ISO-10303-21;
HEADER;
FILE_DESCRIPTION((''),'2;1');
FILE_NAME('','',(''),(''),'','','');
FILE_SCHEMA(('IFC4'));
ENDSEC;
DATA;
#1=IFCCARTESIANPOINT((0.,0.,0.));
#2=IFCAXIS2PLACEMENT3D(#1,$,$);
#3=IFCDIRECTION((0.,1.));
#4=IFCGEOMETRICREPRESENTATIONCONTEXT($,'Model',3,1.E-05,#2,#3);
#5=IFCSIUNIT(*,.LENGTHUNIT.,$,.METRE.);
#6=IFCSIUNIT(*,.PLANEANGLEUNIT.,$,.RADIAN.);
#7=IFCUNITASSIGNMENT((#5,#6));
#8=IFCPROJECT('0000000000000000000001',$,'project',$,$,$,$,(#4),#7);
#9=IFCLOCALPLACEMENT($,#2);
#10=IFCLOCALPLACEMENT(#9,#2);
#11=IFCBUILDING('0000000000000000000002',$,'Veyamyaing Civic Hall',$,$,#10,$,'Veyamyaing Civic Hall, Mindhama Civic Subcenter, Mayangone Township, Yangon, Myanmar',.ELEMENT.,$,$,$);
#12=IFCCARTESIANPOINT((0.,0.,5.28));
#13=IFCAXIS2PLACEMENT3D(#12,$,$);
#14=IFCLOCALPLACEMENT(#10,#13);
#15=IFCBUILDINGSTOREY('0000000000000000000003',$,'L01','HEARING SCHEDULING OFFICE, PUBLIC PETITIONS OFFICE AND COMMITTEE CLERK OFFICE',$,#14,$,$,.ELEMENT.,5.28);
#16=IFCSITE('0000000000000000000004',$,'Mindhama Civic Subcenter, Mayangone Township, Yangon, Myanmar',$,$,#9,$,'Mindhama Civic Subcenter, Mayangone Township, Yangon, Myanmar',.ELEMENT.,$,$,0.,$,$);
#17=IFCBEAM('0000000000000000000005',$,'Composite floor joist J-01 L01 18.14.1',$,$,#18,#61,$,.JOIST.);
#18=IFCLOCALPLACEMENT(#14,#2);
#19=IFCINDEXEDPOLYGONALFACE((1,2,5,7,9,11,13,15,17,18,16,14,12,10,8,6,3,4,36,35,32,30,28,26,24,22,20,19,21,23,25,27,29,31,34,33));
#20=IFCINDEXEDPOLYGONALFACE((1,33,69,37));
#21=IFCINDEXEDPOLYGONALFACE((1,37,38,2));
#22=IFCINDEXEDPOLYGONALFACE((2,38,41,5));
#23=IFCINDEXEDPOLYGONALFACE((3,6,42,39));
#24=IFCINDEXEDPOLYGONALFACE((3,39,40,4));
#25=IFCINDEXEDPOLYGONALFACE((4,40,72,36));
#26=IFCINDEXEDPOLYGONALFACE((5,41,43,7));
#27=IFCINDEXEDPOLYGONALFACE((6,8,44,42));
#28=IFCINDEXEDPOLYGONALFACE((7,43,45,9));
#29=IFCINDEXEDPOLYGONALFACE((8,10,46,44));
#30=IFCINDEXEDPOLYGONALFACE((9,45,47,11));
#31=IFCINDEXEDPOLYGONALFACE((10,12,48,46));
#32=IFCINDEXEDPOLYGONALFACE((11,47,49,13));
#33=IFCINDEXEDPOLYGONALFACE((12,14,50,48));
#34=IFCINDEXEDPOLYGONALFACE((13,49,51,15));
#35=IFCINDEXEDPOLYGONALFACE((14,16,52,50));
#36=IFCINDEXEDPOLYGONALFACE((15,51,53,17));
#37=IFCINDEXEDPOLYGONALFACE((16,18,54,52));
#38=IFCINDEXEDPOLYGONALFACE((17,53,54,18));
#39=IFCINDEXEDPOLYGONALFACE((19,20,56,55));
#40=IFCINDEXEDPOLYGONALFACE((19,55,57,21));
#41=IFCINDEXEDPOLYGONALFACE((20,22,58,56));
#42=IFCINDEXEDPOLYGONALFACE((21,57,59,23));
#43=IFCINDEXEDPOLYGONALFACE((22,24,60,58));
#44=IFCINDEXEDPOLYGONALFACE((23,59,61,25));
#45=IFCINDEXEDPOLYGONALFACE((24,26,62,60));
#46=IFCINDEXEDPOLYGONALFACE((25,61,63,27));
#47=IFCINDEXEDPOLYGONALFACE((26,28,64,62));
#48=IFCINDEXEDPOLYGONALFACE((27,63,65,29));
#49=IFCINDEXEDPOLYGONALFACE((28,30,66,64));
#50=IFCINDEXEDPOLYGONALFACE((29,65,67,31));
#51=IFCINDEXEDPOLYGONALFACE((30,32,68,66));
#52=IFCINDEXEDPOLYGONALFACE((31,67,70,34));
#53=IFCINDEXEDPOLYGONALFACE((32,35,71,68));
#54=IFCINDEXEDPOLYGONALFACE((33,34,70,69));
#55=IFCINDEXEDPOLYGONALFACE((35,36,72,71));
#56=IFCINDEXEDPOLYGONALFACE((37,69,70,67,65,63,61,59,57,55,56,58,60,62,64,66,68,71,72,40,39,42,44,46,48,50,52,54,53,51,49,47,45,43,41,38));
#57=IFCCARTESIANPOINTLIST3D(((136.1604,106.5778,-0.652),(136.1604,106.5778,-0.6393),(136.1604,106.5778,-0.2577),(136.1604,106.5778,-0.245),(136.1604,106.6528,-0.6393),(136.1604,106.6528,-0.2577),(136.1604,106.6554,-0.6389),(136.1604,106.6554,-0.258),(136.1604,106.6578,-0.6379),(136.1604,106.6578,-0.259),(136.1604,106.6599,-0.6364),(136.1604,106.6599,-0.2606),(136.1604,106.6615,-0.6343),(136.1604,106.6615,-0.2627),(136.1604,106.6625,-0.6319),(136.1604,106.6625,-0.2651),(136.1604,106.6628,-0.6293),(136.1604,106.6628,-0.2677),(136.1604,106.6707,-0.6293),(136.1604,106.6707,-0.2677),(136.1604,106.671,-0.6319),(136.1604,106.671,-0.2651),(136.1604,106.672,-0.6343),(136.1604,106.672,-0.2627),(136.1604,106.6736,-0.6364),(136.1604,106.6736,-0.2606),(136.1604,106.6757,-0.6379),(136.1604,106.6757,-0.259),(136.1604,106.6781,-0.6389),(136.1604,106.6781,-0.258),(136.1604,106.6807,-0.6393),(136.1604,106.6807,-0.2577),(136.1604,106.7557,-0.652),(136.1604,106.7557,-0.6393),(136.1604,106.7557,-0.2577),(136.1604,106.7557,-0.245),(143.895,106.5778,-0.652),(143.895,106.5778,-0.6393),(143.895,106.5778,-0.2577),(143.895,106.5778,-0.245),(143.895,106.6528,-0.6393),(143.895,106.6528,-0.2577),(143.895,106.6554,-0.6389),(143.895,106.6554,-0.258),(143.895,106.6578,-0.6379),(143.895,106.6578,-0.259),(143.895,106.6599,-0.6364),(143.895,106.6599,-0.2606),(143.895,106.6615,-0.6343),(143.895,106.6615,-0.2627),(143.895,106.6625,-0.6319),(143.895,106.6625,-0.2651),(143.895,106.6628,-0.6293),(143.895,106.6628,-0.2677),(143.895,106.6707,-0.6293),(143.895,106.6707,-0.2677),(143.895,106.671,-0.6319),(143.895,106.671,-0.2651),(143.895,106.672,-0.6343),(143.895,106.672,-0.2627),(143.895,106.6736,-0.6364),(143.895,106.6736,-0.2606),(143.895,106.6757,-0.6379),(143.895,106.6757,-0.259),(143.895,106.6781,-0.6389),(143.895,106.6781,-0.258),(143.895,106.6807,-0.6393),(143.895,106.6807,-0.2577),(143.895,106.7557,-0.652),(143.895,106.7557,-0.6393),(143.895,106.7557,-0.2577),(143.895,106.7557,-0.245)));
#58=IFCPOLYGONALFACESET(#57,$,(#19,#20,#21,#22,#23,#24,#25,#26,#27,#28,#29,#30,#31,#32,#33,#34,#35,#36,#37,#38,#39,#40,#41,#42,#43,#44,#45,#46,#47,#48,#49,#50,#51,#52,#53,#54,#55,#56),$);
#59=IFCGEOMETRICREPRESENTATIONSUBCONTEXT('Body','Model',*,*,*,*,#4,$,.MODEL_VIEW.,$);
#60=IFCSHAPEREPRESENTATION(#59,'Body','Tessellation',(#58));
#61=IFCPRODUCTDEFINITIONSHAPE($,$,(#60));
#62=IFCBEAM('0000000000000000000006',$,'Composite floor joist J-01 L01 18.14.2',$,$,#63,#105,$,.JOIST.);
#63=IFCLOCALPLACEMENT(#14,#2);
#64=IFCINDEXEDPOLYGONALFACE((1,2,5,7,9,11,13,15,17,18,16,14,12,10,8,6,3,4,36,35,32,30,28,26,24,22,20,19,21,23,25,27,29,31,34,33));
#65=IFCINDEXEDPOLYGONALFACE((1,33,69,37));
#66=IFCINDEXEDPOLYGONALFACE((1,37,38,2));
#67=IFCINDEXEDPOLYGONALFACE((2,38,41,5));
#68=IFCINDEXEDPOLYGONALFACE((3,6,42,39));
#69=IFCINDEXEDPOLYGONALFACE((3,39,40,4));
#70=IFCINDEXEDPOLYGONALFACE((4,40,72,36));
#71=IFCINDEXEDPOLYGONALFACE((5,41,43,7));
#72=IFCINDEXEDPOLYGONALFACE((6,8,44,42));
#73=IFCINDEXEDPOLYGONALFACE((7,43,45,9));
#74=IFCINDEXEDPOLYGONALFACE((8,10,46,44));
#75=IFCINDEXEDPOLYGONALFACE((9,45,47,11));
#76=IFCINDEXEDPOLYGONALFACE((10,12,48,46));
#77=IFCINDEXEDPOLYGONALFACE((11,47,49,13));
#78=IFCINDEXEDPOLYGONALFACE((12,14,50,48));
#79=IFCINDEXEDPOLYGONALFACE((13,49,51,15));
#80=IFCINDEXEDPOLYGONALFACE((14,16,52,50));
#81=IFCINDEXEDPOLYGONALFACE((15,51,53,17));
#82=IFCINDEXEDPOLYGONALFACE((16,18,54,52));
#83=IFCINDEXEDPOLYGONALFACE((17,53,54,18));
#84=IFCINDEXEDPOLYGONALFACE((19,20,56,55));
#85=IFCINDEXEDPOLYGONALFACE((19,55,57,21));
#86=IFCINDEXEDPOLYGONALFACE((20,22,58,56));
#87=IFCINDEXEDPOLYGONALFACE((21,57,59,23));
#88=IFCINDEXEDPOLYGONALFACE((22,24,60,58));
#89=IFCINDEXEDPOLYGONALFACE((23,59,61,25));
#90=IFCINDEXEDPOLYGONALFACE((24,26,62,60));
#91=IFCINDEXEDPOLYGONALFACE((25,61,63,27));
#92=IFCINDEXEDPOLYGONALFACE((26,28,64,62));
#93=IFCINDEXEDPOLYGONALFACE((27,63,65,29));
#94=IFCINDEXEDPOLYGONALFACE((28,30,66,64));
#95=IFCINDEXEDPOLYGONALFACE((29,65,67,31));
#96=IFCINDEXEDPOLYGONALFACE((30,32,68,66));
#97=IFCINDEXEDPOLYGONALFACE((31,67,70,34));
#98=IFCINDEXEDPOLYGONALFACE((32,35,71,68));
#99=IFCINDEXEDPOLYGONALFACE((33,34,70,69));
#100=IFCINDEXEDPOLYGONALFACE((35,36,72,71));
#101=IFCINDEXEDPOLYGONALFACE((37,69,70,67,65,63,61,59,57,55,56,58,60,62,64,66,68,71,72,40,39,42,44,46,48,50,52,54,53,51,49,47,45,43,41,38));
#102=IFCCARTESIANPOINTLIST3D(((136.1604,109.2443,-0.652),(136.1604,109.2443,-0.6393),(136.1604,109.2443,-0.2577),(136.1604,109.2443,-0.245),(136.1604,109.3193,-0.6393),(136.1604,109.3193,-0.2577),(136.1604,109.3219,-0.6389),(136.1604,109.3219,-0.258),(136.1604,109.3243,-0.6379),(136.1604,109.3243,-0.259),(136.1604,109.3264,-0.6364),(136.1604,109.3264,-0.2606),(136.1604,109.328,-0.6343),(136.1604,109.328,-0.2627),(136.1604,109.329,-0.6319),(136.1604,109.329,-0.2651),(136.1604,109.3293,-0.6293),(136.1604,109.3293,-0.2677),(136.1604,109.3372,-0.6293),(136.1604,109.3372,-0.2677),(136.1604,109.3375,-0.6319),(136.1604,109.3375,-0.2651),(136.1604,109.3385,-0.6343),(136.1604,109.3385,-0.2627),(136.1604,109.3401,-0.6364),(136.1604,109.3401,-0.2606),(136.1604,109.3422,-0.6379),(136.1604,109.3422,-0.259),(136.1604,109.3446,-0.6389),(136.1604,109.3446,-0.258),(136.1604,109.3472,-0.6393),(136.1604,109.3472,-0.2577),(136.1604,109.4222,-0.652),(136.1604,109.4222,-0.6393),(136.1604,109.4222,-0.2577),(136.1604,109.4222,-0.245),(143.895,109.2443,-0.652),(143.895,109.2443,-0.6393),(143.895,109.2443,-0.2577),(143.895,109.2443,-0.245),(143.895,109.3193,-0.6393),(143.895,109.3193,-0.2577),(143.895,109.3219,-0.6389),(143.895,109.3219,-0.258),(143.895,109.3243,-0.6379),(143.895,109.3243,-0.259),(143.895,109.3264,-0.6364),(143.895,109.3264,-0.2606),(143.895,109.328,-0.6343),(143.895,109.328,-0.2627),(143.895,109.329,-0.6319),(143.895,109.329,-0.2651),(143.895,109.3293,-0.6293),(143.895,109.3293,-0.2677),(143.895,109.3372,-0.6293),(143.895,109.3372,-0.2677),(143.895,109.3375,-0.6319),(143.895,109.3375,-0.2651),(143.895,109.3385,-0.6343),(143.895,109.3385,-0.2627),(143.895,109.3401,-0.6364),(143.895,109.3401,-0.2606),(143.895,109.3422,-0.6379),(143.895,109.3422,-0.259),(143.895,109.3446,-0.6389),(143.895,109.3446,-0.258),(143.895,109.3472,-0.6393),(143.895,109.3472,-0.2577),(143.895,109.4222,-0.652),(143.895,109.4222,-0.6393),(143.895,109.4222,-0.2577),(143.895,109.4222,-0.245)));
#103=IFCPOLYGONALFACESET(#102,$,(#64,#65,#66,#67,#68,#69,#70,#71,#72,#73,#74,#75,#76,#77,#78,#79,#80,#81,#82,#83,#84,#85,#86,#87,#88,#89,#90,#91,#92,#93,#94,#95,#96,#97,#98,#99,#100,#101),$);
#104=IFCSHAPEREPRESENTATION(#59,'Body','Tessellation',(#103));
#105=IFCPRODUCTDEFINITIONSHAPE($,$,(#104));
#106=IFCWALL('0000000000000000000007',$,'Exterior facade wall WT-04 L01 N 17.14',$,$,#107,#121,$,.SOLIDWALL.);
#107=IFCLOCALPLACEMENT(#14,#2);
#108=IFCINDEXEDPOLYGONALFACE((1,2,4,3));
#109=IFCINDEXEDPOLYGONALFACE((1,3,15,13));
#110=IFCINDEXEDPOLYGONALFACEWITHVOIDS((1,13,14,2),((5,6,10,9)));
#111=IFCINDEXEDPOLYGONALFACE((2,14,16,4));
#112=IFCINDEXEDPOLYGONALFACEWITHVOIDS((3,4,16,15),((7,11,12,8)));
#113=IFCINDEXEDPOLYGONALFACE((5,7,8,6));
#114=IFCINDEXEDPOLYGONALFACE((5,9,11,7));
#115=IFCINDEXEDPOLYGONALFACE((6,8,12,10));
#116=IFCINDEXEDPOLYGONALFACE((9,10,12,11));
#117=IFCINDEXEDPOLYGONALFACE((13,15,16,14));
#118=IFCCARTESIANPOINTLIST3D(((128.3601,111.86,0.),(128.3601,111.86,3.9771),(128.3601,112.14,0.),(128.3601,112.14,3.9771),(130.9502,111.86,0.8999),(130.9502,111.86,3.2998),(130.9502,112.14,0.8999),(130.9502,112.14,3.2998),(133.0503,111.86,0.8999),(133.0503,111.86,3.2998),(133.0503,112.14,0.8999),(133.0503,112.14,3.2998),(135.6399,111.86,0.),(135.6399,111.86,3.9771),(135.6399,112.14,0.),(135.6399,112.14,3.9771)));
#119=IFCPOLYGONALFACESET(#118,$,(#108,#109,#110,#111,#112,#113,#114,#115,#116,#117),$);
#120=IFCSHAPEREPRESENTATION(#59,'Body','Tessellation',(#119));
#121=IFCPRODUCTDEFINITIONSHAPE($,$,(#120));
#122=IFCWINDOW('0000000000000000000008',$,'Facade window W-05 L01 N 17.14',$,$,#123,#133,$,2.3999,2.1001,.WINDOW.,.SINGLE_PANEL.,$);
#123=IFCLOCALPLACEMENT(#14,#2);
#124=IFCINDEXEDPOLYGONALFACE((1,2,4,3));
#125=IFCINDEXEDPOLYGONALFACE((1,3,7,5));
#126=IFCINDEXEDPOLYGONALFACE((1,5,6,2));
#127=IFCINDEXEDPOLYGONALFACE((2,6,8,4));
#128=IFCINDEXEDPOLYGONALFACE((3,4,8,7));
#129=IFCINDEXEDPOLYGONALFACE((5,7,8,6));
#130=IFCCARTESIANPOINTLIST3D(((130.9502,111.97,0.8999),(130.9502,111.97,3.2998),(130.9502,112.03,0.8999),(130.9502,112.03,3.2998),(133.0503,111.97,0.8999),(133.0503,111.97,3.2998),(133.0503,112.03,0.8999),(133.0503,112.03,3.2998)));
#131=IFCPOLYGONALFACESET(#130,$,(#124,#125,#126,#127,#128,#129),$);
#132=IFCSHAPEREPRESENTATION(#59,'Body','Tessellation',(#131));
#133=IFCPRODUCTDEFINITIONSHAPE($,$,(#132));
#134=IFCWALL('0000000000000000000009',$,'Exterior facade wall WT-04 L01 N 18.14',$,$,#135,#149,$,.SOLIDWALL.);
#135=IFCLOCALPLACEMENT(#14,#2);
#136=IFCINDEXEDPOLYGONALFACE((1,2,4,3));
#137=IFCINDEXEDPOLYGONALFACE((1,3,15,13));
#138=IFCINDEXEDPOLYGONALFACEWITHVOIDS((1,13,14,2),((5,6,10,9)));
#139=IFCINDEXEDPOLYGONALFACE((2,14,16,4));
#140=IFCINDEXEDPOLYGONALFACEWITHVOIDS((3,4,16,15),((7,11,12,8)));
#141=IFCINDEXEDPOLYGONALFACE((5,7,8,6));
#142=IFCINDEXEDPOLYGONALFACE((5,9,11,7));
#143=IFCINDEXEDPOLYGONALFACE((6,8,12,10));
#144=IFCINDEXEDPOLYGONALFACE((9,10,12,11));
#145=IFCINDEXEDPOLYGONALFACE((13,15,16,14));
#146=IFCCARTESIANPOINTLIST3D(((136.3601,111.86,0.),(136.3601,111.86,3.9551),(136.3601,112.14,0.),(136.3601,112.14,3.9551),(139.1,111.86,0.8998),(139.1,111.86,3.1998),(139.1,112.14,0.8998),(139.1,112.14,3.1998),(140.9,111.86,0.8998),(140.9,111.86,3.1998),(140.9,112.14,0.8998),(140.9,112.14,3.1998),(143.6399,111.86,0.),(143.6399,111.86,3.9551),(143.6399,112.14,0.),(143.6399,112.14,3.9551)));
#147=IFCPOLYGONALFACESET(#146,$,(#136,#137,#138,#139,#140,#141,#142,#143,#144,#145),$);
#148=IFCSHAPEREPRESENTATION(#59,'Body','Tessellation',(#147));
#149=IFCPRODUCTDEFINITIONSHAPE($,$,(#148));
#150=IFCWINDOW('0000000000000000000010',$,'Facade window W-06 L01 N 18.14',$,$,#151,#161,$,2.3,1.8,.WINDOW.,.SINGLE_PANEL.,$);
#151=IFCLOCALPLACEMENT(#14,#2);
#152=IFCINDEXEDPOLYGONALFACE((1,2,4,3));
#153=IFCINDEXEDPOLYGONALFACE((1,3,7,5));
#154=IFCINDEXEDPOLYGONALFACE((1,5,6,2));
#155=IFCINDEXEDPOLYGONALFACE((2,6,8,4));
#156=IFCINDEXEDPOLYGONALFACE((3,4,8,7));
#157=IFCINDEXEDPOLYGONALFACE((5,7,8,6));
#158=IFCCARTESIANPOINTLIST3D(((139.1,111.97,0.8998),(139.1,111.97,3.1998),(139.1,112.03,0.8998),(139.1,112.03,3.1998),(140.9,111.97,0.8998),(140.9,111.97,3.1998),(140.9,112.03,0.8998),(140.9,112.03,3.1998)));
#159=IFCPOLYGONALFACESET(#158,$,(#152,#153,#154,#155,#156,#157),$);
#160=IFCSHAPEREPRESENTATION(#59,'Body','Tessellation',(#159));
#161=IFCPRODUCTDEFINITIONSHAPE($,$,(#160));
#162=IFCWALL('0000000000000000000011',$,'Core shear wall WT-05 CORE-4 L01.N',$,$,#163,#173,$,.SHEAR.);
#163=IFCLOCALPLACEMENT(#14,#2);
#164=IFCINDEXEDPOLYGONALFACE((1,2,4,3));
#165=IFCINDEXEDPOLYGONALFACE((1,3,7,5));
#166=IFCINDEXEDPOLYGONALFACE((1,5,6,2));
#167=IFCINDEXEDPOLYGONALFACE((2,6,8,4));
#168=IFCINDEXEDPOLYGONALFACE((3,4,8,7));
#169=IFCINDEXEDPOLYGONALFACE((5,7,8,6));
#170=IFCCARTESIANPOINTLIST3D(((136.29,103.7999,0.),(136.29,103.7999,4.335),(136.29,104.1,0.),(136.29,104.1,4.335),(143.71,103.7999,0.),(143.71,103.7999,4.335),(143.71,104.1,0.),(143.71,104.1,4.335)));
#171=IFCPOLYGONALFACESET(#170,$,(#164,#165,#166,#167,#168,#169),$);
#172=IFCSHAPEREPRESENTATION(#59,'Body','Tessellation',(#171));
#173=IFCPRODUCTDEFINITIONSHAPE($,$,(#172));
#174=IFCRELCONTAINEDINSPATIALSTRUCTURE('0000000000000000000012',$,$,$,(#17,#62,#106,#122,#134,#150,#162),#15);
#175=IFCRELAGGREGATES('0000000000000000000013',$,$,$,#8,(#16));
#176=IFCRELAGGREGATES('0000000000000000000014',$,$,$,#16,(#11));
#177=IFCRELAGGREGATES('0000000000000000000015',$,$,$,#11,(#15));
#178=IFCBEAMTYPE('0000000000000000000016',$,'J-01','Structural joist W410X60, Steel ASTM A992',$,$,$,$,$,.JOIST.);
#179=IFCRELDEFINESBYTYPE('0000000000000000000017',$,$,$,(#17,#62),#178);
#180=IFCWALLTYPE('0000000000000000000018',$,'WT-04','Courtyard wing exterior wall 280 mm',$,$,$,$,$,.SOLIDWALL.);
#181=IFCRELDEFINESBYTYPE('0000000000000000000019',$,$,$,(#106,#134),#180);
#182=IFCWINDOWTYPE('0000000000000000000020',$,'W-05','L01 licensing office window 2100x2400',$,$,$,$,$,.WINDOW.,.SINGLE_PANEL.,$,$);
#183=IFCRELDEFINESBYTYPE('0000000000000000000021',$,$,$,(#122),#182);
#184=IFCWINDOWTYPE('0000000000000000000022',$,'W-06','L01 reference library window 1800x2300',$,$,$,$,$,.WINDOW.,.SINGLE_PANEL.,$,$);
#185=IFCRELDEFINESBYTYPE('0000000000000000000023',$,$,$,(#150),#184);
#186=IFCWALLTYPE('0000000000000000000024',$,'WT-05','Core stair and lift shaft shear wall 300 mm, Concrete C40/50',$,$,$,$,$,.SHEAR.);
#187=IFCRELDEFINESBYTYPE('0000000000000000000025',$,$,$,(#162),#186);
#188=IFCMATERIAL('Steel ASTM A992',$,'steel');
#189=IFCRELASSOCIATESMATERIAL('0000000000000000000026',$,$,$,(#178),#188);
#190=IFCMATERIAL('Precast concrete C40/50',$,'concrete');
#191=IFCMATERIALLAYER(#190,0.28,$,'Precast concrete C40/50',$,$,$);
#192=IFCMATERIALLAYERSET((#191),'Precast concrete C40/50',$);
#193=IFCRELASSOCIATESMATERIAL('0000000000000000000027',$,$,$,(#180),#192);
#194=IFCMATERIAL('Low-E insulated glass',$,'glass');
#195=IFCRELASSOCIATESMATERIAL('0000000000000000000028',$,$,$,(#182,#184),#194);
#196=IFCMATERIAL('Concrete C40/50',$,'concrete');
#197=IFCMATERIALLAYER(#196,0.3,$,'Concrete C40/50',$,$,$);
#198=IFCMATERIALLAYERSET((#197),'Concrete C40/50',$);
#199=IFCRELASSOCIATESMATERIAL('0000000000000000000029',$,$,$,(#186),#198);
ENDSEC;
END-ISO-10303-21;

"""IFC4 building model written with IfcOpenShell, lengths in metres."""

from ifc_helpers import new_model, si_unit, direction, frame, frame_2d, origin, origin_2d, place, context, subcontext, project, spatial, rectangle, i_section, extrude, material, layer, layer_set, material_profile, profile_set, type_object, element, fill, save


model = new_model("IFC4")

# Units and contexts
model_context = context("Model", 3, precision=1e-05, world=origin(), true_north=direction((0.0, 1.0)))
body_context = subcontext(model_context, "Body", "Model", "MODEL_VIEW")
ifc_project = project(units=[si_unit("LENGTHUNIT", "METRE"), si_unit("PLANEANGLEUNIT", "RADIAN")], contexts=[model_context])

# Site, building, storey
site_placement = place(None, origin())
site = spatial("IfcSite", under=ifc_project, at=site_placement, Name="Mindhama Civic Subcenter, Mayangone Township, Yangon, Myanmar", LongName="Mindhama Civic Subcenter, Mayangone Township, Yangon, Myanmar", CompositionType="ELEMENT", RefElevation=0.0)
building_placement = place(site_placement, origin())
building = spatial("IfcBuilding", under=site, at=building_placement, Name="Veyamyaing Civic Hall", LongName="Veyamyaing Civic Hall, Mindhama Civic Subcenter, Mayangone Township, Yangon, Myanmar", CompositionType="ELEMENT")
storey_placement = place(building_placement, frame((0.0, 0.0, 5.28)))
storey = spatial("IfcBuildingStorey", under=building, at=storey_placement, Name="L01", Description="HEARING SCHEDULING OFFICE, PUBLIC PETITIONS OFFICE AND COMMITTEE CLERK OFFICE", CompositionType="ELEMENT", Elevation=5.28)

# Beams
ifc_material_1 = material(Name="Steel ASTM A992", Category="steel")
ifc_material_profile_1 = material_profile(ifc_material_1, i_section(OverallWidth=0.178, OverallDepth=0.407, WebThickness=0.0078, FlangeThickness=0.0127, FilletRadius=0.01, at=origin_2d()), Name="W410X60")
ifc_profile_set_1 = profile_set([ifc_material_profile_1], Name="Steel ASTM A992")
beam_type_1 = type_object("IfcBeamType", Name="J-01", Description="Structural joist W410X60, Steel ASTM A992", PredefinedType="JOIST", material=ifc_profile_set_1)
for number, where, z_axis, x_axis, name in (
    (1, (136.1604, 106.6667, -0.4485), (1.0, 0.0, 0.0), (0.0, 1.0, 0.0), "Composite floor joist J-01 L01 18.14.1"),
    (2, (136.1604, 109.3333, -0.4485), (1.0, 0.0, 0.0), (0.0, 1.0, 0.0), "Composite floor joist J-01 L01 18.14.2"),
):
    element("IfcBeam", number, at=place(storey_placement, frame(where, z_axis=z_axis, x_axis=x_axis)), inside=storey, type_object=beam_type_1, Name=name, PredefinedType="JOIST", context=body_context, shape_type="SweptSolid", body=[
        extrude(i_section(OverallWidth=0.178, OverallDepth=0.407, WebThickness=0.0078, FlangeThickness=0.0127, FilletRadius=0.01, at=origin_2d()), origin(), (0.0, 0.0, 1.0), 7.7346),
    ])

# Walls, openings, windows
ifc_material_2 = material(Name="Precast concrete C40/50", Category="concrete")
ifc_layer_1 = layer(ifc_material_2, 0.28, Name="Precast concrete C40/50")
ifc_layer_set_1 = layer_set([ifc_layer_1], Name="Precast concrete C40/50")
wall_type_1 = type_object("IfcWallType", Name="WT-04", Description="Courtyard wing exterior wall 280 mm", PredefinedType="SOLIDWALL", material=ifc_layer_set_1)
wall_1_placement = place(storey_placement, frame((128.3601, 112.0, 0.0), z_axis=(0.0, 0.0, 1.0), x_axis=(1.0, 0.0, 0.0)))
wall_1 = element("IfcWall", 3, at=wall_1_placement, inside=storey, type_object=wall_type_1, Name="Exterior facade wall WT-04 L01 N 17.14", PredefinedType="SOLIDWALL", context=body_context, shape_type="SweptSolid", body=[
    extrude(rectangle(XDim=7.2798, YDim=0.28, at=frame_2d((3.6399, 0.0))), origin(), (0.0, 0.0, 1.0), 3.9771),
])
opening_1_placement = place(wall_1_placement, frame((2.5901, 0.0, 0.8999)))
opening_1 = element("IfcOpeningElement", 4, at=opening_1_placement, cuts=wall_1, PredefinedType="OPENING", context=body_context, shape_type="SweptSolid", body=[
    extrude(rectangle(XDim=2.1001, YDim=2.3999, at=frame_2d((1.05, 1.2))), frame((0.0, 0.1499, 0.0), z_axis=(0.0, -1.0, 0.0), x_axis=(1.0, 0.0, 0.0)), (0.0, 0.0, 1.0), 0.3),
])
ifc_material_3 = material(Name="Low-E insulated glass", Category="glass")
window_type_1 = type_object("IfcWindowType", Name="W-05", Description="L01 licensing office window 2100x2400", PartitioningType="SINGLE_PANEL", PredefinedType="WINDOW", material=ifc_material_3)
window_1_placement = place(opening_1_placement, origin())
window_1 = element("IfcWindow", 5, at=window_1_placement, inside=storey, type_object=window_type_1, Name="Facade window W-05 L01 N 17.14", OverallHeight=2.3999, OverallWidth=2.1001, PartitioningType="SINGLE_PANEL", PredefinedType="WINDOW", context=body_context, shape_type="SweptSolid", body=[
    extrude(rectangle(XDim=2.1001, YDim=2.3999, at=frame_2d((1.05, 1.2))), frame((0.0, 0.03, 0.0), z_axis=(0.0, -1.0, 0.0), x_axis=(1.0, 0.0, 0.0)), (0.0, 0.0, 1.0), 0.0601),
])
fill(opening_1, window_1)
wall_2_placement = place(storey_placement, frame((136.3601, 112.0, 0.0), z_axis=(0.0, 0.0, 1.0), x_axis=(1.0, 0.0, 0.0)))
wall_2 = element("IfcWall", 6, at=wall_2_placement, inside=storey, type_object=wall_type_1, Name="Exterior facade wall WT-04 L01 N 18.14", PredefinedType="SOLIDWALL", context=body_context, shape_type="SweptSolid", body=[
    extrude(rectangle(XDim=7.2798, YDim=0.28, at=frame_2d((3.6399, 0.0))), origin(), (0.0, 0.0, 1.0), 3.9551),
])
opening_2_placement = place(wall_2_placement, frame((2.74, 0.0, 0.8999)))
opening_2 = element("IfcOpeningElement", 7, at=opening_2_placement, cuts=wall_2, PredefinedType="OPENING", context=body_context, shape_type="SweptSolid", body=[
    extrude(rectangle(XDim=1.8, YDim=2.3, at=frame_2d((0.8999, 1.1499))), frame((0.0, 0.1499, 0.0), z_axis=(0.0, -1.0, 0.0), x_axis=(1.0, 0.0, 0.0)), (0.0, 0.0, 1.0), 0.3),
])
window_type_2 = type_object("IfcWindowType", Name="W-06", Description="L01 reference library window 1800x2300", PartitioningType="SINGLE_PANEL", PredefinedType="WINDOW", material=ifc_material_3)
window_2_placement = place(opening_2_placement, origin())
window_2 = element("IfcWindow", 8, at=window_2_placement, inside=storey, type_object=window_type_2, Name="Facade window W-06 L01 N 18.14", OverallHeight=2.3, OverallWidth=1.8, PartitioningType="SINGLE_PANEL", PredefinedType="WINDOW", context=body_context, shape_type="SweptSolid", body=[
    extrude(rectangle(XDim=1.8, YDim=2.3, at=frame_2d((0.8999, 1.1499))), frame((0.0, 0.03, 0.0), z_axis=(0.0, -1.0, 0.0), x_axis=(1.0, 0.0, 0.0)), (0.0, 0.0, 1.0), 0.0601),
])
fill(opening_2, window_2)

# Wall
ifc_material_4 = material(Name="Concrete C40/50", Category="concrete")
ifc_layer_2 = layer(ifc_material_4, 0.3, Name="Concrete C40/50")
ifc_layer_set_2 = layer_set([ifc_layer_2], Name="Concrete C40/50")
wall_type_2 = type_object("IfcWallType", Name="WT-05", Description="Core stair and lift shaft shear wall 300 mm, Concrete C40/50", PredefinedType="SHEAR", material=ifc_layer_set_2)
wall_3_placement = place(storey_placement, frame((136.29, 103.95, 0.0), z_axis=(0.0, 0.0, 1.0), x_axis=(1.0, 0.0, 0.0)))
element("IfcWall", 9, at=wall_3_placement, inside=storey, type_object=wall_type_2, Name="Core shear wall WT-05 CORE-4 L01.N", PredefinedType="SHEAR", context=body_context, shape_type="SweptSolid", body=[
    extrude(rectangle(XDim=7.4199, YDim=0.3, at=frame_2d((3.71, 0.0))), origin(), (0.0, 0.0, 1.0), 4.335),
])

save(model, "model.ifc")
